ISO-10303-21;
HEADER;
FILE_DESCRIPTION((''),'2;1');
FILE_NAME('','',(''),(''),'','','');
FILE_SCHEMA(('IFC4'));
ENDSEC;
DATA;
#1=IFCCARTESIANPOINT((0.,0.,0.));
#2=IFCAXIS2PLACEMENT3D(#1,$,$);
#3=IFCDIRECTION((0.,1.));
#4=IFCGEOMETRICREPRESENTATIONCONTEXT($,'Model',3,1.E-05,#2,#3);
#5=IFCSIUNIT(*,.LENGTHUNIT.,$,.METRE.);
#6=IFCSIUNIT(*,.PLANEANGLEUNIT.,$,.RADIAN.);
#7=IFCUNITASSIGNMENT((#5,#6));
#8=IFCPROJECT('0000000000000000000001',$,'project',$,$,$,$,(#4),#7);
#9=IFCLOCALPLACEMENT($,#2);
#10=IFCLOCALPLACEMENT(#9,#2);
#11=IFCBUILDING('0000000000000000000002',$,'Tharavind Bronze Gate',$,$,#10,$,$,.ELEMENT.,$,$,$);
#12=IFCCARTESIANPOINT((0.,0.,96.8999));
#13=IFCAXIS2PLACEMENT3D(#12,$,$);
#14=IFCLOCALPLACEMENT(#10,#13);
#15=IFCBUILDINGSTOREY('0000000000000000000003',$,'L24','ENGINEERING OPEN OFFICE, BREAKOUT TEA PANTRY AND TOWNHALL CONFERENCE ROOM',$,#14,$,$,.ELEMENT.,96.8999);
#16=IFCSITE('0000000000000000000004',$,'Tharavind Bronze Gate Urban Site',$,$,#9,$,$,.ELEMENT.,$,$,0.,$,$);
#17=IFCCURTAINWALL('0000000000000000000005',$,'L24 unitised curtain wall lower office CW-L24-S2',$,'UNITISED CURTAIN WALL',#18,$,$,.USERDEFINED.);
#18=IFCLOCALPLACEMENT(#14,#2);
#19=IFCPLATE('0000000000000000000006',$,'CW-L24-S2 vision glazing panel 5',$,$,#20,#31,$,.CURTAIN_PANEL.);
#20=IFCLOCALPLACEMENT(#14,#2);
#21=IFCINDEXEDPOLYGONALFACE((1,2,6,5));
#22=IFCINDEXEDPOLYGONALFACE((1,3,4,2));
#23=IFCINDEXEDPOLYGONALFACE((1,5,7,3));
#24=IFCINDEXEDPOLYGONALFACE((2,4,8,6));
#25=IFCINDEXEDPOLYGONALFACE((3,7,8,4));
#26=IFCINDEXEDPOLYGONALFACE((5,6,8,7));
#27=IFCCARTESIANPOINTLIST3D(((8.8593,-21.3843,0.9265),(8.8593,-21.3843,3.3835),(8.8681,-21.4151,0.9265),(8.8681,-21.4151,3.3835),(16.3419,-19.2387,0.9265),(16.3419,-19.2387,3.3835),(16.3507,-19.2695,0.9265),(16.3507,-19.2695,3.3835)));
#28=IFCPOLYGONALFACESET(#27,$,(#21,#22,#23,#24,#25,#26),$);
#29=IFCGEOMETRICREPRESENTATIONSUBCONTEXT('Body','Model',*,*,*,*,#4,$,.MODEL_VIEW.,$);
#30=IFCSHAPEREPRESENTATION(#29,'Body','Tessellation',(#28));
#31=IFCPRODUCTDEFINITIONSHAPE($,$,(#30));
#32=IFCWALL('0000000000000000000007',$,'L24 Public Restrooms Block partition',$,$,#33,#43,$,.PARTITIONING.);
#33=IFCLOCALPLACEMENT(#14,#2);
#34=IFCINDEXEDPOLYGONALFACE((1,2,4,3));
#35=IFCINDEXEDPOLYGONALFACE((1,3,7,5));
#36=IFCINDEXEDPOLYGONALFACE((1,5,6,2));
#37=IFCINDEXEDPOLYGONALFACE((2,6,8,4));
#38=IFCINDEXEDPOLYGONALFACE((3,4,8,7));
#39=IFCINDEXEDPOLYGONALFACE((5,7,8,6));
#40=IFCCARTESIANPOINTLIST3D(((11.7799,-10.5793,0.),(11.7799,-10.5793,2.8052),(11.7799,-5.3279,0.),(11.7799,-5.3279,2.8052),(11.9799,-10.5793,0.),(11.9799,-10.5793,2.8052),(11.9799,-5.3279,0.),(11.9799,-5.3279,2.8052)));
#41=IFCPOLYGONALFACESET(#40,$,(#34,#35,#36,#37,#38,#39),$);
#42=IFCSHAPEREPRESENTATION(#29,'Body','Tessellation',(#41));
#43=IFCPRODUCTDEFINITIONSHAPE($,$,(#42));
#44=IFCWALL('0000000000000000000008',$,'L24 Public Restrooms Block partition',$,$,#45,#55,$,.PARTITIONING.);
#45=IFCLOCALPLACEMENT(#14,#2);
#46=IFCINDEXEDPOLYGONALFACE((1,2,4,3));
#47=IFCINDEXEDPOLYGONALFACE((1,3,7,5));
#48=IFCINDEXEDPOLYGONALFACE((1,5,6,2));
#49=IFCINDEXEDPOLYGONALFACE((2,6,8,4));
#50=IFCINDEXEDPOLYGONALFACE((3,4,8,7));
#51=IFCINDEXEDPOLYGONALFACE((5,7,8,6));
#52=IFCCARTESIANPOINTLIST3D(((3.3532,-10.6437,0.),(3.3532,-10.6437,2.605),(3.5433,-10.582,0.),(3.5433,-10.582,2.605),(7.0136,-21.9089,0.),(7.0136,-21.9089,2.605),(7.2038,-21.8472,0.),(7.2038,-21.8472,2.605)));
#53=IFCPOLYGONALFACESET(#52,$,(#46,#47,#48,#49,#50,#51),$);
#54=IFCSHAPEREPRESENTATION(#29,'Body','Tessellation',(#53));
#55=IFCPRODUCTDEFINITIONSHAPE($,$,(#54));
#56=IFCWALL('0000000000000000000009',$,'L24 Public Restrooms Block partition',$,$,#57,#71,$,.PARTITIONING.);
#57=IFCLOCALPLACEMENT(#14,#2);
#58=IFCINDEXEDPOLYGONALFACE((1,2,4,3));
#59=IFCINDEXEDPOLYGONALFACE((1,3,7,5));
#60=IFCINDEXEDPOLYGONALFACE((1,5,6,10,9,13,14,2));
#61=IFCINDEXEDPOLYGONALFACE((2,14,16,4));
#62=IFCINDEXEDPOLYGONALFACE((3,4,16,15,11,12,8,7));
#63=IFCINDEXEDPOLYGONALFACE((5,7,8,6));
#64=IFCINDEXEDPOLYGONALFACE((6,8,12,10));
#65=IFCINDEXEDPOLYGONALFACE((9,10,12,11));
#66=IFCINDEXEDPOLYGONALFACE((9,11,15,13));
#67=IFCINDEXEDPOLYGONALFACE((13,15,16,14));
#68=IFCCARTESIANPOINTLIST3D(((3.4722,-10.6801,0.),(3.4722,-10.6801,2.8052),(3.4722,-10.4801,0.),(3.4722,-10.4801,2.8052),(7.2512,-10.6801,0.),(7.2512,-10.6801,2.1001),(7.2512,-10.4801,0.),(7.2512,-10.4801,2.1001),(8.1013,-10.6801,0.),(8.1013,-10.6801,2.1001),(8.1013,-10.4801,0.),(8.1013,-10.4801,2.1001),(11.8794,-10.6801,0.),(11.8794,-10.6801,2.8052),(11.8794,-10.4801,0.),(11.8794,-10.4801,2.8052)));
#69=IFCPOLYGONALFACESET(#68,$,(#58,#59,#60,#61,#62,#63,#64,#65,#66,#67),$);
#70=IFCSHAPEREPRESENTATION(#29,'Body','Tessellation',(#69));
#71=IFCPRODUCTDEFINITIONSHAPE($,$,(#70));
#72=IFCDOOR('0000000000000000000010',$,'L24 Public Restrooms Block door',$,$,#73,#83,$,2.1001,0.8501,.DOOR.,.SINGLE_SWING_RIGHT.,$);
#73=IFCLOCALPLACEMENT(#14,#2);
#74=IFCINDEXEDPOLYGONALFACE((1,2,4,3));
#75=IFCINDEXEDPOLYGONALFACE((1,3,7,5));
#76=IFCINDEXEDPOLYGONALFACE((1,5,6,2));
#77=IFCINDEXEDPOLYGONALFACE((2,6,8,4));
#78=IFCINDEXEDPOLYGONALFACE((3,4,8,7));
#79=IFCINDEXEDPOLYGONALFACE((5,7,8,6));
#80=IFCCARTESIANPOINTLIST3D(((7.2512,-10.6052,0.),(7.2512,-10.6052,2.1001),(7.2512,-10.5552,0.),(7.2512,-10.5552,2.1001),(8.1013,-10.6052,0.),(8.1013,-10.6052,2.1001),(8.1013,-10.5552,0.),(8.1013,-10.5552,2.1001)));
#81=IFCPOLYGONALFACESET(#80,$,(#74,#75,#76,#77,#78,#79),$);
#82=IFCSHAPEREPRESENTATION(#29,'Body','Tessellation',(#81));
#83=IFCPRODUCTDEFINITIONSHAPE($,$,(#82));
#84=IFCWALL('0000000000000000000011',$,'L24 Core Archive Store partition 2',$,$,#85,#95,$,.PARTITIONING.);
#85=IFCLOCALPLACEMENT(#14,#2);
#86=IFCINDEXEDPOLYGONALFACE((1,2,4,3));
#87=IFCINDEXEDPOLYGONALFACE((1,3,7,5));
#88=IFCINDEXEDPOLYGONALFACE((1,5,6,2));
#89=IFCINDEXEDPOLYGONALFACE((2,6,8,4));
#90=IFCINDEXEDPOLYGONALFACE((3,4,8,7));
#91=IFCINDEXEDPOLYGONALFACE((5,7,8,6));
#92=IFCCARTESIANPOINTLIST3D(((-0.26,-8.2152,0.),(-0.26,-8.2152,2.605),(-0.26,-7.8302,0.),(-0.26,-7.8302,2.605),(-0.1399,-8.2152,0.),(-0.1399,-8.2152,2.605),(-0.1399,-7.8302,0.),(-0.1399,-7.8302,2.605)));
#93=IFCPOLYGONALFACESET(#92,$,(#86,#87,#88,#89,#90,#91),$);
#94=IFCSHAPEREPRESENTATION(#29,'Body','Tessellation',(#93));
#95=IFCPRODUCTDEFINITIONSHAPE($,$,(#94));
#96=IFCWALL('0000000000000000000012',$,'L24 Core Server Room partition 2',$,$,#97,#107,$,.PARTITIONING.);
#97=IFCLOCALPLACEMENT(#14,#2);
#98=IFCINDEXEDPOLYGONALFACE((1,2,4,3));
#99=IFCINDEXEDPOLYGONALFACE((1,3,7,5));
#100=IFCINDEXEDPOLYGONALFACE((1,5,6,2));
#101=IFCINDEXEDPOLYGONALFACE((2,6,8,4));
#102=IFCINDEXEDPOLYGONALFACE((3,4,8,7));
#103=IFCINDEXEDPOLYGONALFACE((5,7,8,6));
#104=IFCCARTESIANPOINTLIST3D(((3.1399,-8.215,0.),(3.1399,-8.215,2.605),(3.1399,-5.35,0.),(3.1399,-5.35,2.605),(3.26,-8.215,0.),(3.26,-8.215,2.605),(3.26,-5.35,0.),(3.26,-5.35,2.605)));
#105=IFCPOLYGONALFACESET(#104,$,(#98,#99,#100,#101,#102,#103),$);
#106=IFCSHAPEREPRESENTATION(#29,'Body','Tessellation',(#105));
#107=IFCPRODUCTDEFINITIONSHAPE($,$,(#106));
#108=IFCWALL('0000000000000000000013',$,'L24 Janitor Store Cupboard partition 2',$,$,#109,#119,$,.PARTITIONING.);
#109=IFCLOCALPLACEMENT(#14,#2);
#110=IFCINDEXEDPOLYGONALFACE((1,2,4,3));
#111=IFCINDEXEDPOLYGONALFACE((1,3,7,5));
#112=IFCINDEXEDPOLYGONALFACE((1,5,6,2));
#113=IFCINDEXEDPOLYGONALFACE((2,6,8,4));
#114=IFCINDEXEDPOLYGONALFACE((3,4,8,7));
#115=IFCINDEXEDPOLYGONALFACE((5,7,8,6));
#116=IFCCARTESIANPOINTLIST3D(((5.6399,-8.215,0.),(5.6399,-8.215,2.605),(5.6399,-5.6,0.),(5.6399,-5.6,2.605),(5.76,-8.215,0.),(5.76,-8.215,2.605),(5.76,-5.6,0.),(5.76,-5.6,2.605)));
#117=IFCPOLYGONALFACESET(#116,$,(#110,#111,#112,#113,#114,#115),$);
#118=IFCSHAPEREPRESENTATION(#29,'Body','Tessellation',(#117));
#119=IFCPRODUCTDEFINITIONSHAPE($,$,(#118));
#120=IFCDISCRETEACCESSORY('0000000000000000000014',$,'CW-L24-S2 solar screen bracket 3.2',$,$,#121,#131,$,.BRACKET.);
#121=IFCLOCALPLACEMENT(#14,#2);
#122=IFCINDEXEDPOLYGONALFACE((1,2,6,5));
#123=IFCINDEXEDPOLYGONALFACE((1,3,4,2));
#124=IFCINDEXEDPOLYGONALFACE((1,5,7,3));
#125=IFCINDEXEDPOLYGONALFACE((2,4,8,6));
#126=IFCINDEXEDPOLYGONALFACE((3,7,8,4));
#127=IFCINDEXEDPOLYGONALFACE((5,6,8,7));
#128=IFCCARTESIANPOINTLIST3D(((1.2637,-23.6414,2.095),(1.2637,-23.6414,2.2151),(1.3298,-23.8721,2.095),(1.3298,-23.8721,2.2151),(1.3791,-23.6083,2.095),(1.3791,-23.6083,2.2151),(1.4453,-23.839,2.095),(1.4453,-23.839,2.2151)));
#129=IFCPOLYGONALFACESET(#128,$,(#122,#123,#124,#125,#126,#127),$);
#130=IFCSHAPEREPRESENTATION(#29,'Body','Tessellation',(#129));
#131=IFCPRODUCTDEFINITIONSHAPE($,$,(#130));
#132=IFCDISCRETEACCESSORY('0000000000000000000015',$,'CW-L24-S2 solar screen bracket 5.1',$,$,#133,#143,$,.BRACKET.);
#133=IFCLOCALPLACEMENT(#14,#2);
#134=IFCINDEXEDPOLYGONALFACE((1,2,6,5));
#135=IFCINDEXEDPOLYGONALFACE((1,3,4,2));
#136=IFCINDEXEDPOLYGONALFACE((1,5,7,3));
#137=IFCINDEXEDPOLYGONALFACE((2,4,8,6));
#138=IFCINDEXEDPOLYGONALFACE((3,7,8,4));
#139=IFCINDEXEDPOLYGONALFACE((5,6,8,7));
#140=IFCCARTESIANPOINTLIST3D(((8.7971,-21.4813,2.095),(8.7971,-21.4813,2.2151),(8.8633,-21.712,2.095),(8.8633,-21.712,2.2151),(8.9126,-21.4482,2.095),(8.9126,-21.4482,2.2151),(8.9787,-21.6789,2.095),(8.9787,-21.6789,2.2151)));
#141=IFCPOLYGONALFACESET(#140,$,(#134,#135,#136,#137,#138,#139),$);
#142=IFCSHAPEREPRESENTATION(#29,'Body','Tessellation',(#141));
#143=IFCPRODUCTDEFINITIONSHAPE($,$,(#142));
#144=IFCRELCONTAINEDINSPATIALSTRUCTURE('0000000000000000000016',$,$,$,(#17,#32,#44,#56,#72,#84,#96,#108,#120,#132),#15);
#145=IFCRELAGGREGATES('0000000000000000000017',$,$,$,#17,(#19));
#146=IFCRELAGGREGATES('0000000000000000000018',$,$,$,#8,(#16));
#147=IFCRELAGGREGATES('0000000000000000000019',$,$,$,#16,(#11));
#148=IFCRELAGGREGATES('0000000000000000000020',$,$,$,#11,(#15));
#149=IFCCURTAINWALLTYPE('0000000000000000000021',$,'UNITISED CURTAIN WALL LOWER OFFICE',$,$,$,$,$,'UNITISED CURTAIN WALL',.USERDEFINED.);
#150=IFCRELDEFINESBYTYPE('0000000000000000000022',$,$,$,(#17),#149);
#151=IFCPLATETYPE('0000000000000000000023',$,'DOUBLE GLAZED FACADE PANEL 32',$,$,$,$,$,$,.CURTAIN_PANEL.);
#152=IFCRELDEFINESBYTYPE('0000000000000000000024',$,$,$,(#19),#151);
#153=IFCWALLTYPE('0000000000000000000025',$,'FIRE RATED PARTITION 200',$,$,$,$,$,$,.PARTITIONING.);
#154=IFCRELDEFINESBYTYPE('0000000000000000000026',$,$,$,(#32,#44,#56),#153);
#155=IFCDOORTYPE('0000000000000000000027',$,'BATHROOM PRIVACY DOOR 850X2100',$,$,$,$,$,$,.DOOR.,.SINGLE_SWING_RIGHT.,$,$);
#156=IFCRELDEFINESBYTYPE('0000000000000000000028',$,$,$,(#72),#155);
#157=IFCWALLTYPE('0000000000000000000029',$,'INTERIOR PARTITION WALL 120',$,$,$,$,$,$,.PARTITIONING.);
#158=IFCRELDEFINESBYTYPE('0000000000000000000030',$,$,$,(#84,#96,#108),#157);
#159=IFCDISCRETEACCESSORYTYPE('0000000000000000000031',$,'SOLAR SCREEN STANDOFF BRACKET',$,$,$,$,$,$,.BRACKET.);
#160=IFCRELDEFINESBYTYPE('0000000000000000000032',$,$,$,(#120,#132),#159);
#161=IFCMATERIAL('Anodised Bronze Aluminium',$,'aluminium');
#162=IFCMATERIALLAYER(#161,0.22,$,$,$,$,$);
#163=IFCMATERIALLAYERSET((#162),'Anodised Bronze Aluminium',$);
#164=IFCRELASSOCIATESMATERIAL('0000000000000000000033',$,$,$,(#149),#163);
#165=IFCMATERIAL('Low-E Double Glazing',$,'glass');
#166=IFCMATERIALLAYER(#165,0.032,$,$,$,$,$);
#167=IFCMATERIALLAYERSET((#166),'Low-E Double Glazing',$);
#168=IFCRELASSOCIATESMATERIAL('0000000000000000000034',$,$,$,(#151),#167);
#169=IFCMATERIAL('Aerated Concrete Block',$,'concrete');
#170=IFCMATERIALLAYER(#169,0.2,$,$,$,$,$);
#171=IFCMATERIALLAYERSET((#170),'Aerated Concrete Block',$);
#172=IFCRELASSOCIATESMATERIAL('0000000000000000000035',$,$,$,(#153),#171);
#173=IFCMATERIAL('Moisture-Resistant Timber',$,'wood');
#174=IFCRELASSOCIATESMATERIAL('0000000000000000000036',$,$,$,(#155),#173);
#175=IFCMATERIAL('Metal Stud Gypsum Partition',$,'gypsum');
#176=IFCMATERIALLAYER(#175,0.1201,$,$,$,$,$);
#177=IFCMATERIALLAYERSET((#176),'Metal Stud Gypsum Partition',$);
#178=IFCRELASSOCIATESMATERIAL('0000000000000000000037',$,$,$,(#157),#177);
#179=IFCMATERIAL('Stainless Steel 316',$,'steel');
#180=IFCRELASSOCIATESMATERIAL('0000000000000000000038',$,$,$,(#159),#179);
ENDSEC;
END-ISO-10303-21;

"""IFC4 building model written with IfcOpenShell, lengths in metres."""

from ifc_helpers import new_model, si_unit, direction, frame, frame_2d, origin, origin_2d, place, context, subcontext, project, spatial, rectangle, extrude, material, layer, layer_set, type_object, element, fill, aggregate, save


model = new_model("IFC4")

# Units and contexts
model_context = context("Model", 3, precision=1e-05, world=origin(), true_north=direction((0.0, 1.0)))
body_context = subcontext(model_context, "Body", "Model", "MODEL_VIEW")
ifc_project = project(units=[si_unit("LENGTHUNIT", "METRE"), si_unit("PLANEANGLEUNIT", "RADIAN")], contexts=[model_context])

# Site, building, storey
site_placement = place(None, origin())
site = spatial("IfcSite", under=ifc_project, at=site_placement, Name="Tharavind Bronze Gate Urban Site", CompositionType="ELEMENT", RefElevation=0.0)
building_placement = place(site_placement, origin())
building = spatial("IfcBuilding", under=site, at=building_placement, Name="Tharavind Bronze Gate", CompositionType="ELEMENT")
storey_placement = place(building_placement, frame((0.0, 0.0, 96.8999)))
storey = spatial("IfcBuildingStorey", under=building, at=storey_placement, Name="L24", Description="ENGINEERING OPEN OFFICE, BREAKOUT TEA PANTRY AND TOWNHALL CONFERENCE ROOM", CompositionType="ELEMENT", Elevation=96.8999)

# Curtain wall
ifc_material_1 = material(Name="Anodised Bronze Aluminium", Category="aluminium")
ifc_layer_1 = layer(ifc_material_1, 0.22)
ifc_layer_set_1 = layer_set([ifc_layer_1], Name="Anodised Bronze Aluminium")
curtain_wall_type = type_object("IfcCurtainWallType", Name="UNITISED CURTAIN WALL LOWER OFFICE", ElementType="UNITISED CURTAIN WALL", PredefinedType="USERDEFINED", material=ifc_layer_set_1)
curtain_wall_placement = place(storey_placement, origin())
curtain_wall = element("IfcCurtainWall", 1, at=curtain_wall_placement, inside=storey, type_object=curtain_wall_type, Name="L24 unitised curtain wall lower office CW-L24-S2", ObjectType="UNITISED CURTAIN WALL", PredefinedType="USERDEFINED")

# Plate
ifc_material_2 = material(Name="Low-E Double Glazing", Category="glass")
ifc_layer_2 = layer(ifc_material_2, 0.032)
ifc_layer_set_2 = layer_set([ifc_layer_2], Name="Low-E Double Glazing")
plate_type_1 = type_object("IfcPlateType", Name="DOUBLE GLAZED FACADE PANEL 32", PredefinedType="CURTAIN_PANEL", material=ifc_layer_set_2)
plate_1_placement = place(storey_placement, frame((12.605, -20.3269, 0.9265), z_axis=(0.0, 0.0, 1.0), x_axis=(0.961262, 0.275637, 0.0)))
plate_1 = element("IfcPlate", 2, at=plate_1_placement, type_object=plate_type_1, Name="CW-L24-S2 vision glazing panel 5", PredefinedType="CURTAIN_PANEL", context=body_context, shape_type="SweptSolid", body=[
    extrude(rectangle(XDim=7.7842, YDim=0.032, at=origin_2d()), origin(), (0.0, 0.0, 1.0), 2.457),
])
aggregate(curtain_wall, [plate_1])

# Walls
ifc_material_3 = material(Name="Aerated Concrete Block", Category="concrete")
ifc_layer_3 = layer(ifc_material_3, 0.2)
ifc_layer_set_3 = layer_set([ifc_layer_3], Name="Aerated Concrete Block")
wall_type_1 = type_object("IfcWallType", Name="FIRE RATED PARTITION 200", PredefinedType="PARTITIONING", material=ifc_layer_set_3)
wall_1_placement = place(storey_placement, frame((11.8799, -10.5793, 0.0), z_axis=(0.0, 0.0, 1.0), x_axis=(0.0, 1.0, 0.0)))
element("IfcWall", 3, at=wall_1_placement, inside=storey, type_object=wall_type_1, Name="L24 Public Restrooms Block partition", PredefinedType="PARTITIONING", context=body_context, shape_type="SweptSolid", body=[
    extrude(rectangle(XDim=5.2515, YDim=0.2, at=frame_2d((2.6257, 0.0))), origin(), (0.0, 0.0, 1.0), 2.8052),
])
wall_2_placement = place(storey_placement, frame((7.1086, -21.8779, 0.0), z_axis=(0.0, 0.0, 1.0), x_axis=(-0.309027, 0.951053, 0.0)))
element("IfcWall", 4, at=wall_2_placement, inside=storey, type_object=wall_type_1, Name="L24 Public Restrooms Block partition", PredefinedType="PARTITIONING", context=body_context, shape_type="SweptSolid", body=[
    extrude(rectangle(XDim=11.845, YDim=0.2, at=frame_2d((5.9224, 0.0))), origin(), (0.0, 0.0, 1.0), 2.605),
])

# Wall, opening, door
wall_3_placement = place(storey_placement, frame((3.4722, -10.5801, 0.0), z_axis=(0.0, 0.0, 1.0), x_axis=(1.0, 0.0, 0.0)))
wall_3 = element("IfcWall", 5, at=wall_3_placement, inside=storey, type_object=wall_type_1, Name="L24 Public Restrooms Block partition", PredefinedType="PARTITIONING", context=body_context, shape_type="SweptSolid", body=[
    extrude(rectangle(XDim=8.4072, YDim=0.2, at=frame_2d((4.2036, 0.0))), origin(), (0.0, 0.0, 1.0), 2.8052),
])
opening_placement = place(wall_3_placement, frame((3.7791, 0.0, 0.0)))
opening = element("IfcOpeningElement", 6, at=opening_placement, cuts=wall_3, PredefinedType="OPENING", context=body_context, shape_type="SweptSolid", body=[
    extrude(rectangle(XDim=0.8501, YDim=2.1001, at=frame_2d((0.425, 1.05))), frame((0.0, 0.1101, 0.0), z_axis=(0.0, -1.0, 0.0), x_axis=(1.0, 0.0, 0.0)), (0.0, 0.0, 1.0), 0.22),
])
ifc_material_4 = material(Name="Moisture-Resistant Timber", Category="wood")
door_type = type_object("IfcDoorType", Name="BATHROOM PRIVACY DOOR 850X2100", OperationType="SINGLE_SWING_RIGHT", PredefinedType="DOOR", material=ifc_material_4)
door_placement = place(opening_placement, origin())
door = element("IfcDoor", 7, at=door_placement, inside=storey, type_object=door_type, Name="L24 Public Restrooms Block door", OperationType="SINGLE_SWING_RIGHT", OverallHeight=2.1001, OverallWidth=0.8501, PredefinedType="DOOR", context=body_context, shape_type="SweptSolid", body=[
    extrude(rectangle(XDim=0.8501, YDim=2.1001, at=frame_2d((0.425, 1.05))), frame((0.0, 0.0249, 0.0), z_axis=(0.0, -1.0, 0.0), x_axis=(1.0, 0.0, 0.0)), (0.0, 0.0, 1.0), 0.05),
])
fill(opening, door)

# Walls
ifc_material_5 = material(Name="Metal Stud Gypsum Partition", Category="gypsum")
ifc_layer_4 = layer(ifc_material_5, 0.1201)
ifc_layer_set_4 = layer_set([ifc_layer_4], Name="Metal Stud Gypsum Partition")
wall_type_2 = type_object("IfcWallType", Name="INTERIOR PARTITION WALL 120", PredefinedType="PARTITIONING", material=ifc_layer_set_4)
wall_4_placement = place(storey_placement, frame((-0.2, -8.2151, 0.0), z_axis=(0.0, 0.0, 1.0), x_axis=(0.0, 1.0, 0.0)))
element("IfcWall", 8, at=wall_4_placement, inside=storey, type_object=wall_type_2, Name="L24 Core Archive Store partition 2", PredefinedType="PARTITIONING", context=body_context, shape_type="SweptSolid", body=[
    extrude(rectangle(XDim=0.385, YDim=0.1201, at=frame_2d((0.1924, 0.0))), origin(), (0.0, 0.0, 1.0), 2.605),
])
wall_5_placement = place(storey_placement, frame((3.2, -8.2151, 0.0), z_axis=(0.0, 0.0, 1.0), x_axis=(0.0, 1.0, 0.0)))
element("IfcWall", 9, at=wall_5_placement, inside=storey, type_object=wall_type_2, Name="L24 Core Server Room partition 2", PredefinedType="PARTITIONING", context=body_context, shape_type="SweptSolid", body=[
    extrude(rectangle(XDim=2.865, YDim=0.1201, at=frame_2d((1.4326, 0.0))), origin(), (0.0, 0.0, 1.0), 2.605),
])
wall_6_placement = place(storey_placement, frame((5.7, -8.2151, 0.0), z_axis=(0.0, 0.0, 1.0), x_axis=(0.0, 1.0, 0.0)))
element("IfcWall", 10, at=wall_6_placement, inside=storey, type_object=wall_type_2, Name="L24 Janitor Store Cupboard partition 2", PredefinedType="PARTITIONING", context=body_context, shape_type="SweptSolid", body=[
    extrude(rectangle(XDim=2.615, YDim=0.1201, at=frame_2d((1.3076, 0.0))), origin(), (0.0, 0.0, 1.0), 2.605),
])

# Discrete accessories
ifc_material_6 = material(Name="Stainless Steel 316", Category="steel")
discrete_accessory_type = type_object("IfcDiscreteAccessoryType", Name="SOLAR SCREEN STANDOFF BRACKET", PredefinedType="BRACKET", material=ifc_material_6)
for number, where, z_axis, x_axis, name in (
    (11, (1.3545, -23.7402, 2.095), (0.0, 0.0, 1.0), (0.961262, 0.275637, 0.0), "CW-L24-S2 solar screen bracket 3.2"),
    (12, (8.8879, -21.5801, 2.095), (0.0, 0.0, 1.0), (0.961262, 0.275637, 0.0), "CW-L24-S2 solar screen bracket 5.1"),
):
    element("IfcDiscreteAccessory", number, at=place(storey_placement, frame(where, z_axis=z_axis, x_axis=x_axis)), inside=storey, type_object=discrete_accessory_type, Name=name, PredefinedType="BRACKET", context=body_context, shape_type="SweptSolid", body=[
        extrude(rectangle(XDim=0.1201, YDim=0.24, at=origin_2d()), origin(), (0.0, 0.0, 1.0), 0.1201),
    ])

save(model, "model.ifc")
